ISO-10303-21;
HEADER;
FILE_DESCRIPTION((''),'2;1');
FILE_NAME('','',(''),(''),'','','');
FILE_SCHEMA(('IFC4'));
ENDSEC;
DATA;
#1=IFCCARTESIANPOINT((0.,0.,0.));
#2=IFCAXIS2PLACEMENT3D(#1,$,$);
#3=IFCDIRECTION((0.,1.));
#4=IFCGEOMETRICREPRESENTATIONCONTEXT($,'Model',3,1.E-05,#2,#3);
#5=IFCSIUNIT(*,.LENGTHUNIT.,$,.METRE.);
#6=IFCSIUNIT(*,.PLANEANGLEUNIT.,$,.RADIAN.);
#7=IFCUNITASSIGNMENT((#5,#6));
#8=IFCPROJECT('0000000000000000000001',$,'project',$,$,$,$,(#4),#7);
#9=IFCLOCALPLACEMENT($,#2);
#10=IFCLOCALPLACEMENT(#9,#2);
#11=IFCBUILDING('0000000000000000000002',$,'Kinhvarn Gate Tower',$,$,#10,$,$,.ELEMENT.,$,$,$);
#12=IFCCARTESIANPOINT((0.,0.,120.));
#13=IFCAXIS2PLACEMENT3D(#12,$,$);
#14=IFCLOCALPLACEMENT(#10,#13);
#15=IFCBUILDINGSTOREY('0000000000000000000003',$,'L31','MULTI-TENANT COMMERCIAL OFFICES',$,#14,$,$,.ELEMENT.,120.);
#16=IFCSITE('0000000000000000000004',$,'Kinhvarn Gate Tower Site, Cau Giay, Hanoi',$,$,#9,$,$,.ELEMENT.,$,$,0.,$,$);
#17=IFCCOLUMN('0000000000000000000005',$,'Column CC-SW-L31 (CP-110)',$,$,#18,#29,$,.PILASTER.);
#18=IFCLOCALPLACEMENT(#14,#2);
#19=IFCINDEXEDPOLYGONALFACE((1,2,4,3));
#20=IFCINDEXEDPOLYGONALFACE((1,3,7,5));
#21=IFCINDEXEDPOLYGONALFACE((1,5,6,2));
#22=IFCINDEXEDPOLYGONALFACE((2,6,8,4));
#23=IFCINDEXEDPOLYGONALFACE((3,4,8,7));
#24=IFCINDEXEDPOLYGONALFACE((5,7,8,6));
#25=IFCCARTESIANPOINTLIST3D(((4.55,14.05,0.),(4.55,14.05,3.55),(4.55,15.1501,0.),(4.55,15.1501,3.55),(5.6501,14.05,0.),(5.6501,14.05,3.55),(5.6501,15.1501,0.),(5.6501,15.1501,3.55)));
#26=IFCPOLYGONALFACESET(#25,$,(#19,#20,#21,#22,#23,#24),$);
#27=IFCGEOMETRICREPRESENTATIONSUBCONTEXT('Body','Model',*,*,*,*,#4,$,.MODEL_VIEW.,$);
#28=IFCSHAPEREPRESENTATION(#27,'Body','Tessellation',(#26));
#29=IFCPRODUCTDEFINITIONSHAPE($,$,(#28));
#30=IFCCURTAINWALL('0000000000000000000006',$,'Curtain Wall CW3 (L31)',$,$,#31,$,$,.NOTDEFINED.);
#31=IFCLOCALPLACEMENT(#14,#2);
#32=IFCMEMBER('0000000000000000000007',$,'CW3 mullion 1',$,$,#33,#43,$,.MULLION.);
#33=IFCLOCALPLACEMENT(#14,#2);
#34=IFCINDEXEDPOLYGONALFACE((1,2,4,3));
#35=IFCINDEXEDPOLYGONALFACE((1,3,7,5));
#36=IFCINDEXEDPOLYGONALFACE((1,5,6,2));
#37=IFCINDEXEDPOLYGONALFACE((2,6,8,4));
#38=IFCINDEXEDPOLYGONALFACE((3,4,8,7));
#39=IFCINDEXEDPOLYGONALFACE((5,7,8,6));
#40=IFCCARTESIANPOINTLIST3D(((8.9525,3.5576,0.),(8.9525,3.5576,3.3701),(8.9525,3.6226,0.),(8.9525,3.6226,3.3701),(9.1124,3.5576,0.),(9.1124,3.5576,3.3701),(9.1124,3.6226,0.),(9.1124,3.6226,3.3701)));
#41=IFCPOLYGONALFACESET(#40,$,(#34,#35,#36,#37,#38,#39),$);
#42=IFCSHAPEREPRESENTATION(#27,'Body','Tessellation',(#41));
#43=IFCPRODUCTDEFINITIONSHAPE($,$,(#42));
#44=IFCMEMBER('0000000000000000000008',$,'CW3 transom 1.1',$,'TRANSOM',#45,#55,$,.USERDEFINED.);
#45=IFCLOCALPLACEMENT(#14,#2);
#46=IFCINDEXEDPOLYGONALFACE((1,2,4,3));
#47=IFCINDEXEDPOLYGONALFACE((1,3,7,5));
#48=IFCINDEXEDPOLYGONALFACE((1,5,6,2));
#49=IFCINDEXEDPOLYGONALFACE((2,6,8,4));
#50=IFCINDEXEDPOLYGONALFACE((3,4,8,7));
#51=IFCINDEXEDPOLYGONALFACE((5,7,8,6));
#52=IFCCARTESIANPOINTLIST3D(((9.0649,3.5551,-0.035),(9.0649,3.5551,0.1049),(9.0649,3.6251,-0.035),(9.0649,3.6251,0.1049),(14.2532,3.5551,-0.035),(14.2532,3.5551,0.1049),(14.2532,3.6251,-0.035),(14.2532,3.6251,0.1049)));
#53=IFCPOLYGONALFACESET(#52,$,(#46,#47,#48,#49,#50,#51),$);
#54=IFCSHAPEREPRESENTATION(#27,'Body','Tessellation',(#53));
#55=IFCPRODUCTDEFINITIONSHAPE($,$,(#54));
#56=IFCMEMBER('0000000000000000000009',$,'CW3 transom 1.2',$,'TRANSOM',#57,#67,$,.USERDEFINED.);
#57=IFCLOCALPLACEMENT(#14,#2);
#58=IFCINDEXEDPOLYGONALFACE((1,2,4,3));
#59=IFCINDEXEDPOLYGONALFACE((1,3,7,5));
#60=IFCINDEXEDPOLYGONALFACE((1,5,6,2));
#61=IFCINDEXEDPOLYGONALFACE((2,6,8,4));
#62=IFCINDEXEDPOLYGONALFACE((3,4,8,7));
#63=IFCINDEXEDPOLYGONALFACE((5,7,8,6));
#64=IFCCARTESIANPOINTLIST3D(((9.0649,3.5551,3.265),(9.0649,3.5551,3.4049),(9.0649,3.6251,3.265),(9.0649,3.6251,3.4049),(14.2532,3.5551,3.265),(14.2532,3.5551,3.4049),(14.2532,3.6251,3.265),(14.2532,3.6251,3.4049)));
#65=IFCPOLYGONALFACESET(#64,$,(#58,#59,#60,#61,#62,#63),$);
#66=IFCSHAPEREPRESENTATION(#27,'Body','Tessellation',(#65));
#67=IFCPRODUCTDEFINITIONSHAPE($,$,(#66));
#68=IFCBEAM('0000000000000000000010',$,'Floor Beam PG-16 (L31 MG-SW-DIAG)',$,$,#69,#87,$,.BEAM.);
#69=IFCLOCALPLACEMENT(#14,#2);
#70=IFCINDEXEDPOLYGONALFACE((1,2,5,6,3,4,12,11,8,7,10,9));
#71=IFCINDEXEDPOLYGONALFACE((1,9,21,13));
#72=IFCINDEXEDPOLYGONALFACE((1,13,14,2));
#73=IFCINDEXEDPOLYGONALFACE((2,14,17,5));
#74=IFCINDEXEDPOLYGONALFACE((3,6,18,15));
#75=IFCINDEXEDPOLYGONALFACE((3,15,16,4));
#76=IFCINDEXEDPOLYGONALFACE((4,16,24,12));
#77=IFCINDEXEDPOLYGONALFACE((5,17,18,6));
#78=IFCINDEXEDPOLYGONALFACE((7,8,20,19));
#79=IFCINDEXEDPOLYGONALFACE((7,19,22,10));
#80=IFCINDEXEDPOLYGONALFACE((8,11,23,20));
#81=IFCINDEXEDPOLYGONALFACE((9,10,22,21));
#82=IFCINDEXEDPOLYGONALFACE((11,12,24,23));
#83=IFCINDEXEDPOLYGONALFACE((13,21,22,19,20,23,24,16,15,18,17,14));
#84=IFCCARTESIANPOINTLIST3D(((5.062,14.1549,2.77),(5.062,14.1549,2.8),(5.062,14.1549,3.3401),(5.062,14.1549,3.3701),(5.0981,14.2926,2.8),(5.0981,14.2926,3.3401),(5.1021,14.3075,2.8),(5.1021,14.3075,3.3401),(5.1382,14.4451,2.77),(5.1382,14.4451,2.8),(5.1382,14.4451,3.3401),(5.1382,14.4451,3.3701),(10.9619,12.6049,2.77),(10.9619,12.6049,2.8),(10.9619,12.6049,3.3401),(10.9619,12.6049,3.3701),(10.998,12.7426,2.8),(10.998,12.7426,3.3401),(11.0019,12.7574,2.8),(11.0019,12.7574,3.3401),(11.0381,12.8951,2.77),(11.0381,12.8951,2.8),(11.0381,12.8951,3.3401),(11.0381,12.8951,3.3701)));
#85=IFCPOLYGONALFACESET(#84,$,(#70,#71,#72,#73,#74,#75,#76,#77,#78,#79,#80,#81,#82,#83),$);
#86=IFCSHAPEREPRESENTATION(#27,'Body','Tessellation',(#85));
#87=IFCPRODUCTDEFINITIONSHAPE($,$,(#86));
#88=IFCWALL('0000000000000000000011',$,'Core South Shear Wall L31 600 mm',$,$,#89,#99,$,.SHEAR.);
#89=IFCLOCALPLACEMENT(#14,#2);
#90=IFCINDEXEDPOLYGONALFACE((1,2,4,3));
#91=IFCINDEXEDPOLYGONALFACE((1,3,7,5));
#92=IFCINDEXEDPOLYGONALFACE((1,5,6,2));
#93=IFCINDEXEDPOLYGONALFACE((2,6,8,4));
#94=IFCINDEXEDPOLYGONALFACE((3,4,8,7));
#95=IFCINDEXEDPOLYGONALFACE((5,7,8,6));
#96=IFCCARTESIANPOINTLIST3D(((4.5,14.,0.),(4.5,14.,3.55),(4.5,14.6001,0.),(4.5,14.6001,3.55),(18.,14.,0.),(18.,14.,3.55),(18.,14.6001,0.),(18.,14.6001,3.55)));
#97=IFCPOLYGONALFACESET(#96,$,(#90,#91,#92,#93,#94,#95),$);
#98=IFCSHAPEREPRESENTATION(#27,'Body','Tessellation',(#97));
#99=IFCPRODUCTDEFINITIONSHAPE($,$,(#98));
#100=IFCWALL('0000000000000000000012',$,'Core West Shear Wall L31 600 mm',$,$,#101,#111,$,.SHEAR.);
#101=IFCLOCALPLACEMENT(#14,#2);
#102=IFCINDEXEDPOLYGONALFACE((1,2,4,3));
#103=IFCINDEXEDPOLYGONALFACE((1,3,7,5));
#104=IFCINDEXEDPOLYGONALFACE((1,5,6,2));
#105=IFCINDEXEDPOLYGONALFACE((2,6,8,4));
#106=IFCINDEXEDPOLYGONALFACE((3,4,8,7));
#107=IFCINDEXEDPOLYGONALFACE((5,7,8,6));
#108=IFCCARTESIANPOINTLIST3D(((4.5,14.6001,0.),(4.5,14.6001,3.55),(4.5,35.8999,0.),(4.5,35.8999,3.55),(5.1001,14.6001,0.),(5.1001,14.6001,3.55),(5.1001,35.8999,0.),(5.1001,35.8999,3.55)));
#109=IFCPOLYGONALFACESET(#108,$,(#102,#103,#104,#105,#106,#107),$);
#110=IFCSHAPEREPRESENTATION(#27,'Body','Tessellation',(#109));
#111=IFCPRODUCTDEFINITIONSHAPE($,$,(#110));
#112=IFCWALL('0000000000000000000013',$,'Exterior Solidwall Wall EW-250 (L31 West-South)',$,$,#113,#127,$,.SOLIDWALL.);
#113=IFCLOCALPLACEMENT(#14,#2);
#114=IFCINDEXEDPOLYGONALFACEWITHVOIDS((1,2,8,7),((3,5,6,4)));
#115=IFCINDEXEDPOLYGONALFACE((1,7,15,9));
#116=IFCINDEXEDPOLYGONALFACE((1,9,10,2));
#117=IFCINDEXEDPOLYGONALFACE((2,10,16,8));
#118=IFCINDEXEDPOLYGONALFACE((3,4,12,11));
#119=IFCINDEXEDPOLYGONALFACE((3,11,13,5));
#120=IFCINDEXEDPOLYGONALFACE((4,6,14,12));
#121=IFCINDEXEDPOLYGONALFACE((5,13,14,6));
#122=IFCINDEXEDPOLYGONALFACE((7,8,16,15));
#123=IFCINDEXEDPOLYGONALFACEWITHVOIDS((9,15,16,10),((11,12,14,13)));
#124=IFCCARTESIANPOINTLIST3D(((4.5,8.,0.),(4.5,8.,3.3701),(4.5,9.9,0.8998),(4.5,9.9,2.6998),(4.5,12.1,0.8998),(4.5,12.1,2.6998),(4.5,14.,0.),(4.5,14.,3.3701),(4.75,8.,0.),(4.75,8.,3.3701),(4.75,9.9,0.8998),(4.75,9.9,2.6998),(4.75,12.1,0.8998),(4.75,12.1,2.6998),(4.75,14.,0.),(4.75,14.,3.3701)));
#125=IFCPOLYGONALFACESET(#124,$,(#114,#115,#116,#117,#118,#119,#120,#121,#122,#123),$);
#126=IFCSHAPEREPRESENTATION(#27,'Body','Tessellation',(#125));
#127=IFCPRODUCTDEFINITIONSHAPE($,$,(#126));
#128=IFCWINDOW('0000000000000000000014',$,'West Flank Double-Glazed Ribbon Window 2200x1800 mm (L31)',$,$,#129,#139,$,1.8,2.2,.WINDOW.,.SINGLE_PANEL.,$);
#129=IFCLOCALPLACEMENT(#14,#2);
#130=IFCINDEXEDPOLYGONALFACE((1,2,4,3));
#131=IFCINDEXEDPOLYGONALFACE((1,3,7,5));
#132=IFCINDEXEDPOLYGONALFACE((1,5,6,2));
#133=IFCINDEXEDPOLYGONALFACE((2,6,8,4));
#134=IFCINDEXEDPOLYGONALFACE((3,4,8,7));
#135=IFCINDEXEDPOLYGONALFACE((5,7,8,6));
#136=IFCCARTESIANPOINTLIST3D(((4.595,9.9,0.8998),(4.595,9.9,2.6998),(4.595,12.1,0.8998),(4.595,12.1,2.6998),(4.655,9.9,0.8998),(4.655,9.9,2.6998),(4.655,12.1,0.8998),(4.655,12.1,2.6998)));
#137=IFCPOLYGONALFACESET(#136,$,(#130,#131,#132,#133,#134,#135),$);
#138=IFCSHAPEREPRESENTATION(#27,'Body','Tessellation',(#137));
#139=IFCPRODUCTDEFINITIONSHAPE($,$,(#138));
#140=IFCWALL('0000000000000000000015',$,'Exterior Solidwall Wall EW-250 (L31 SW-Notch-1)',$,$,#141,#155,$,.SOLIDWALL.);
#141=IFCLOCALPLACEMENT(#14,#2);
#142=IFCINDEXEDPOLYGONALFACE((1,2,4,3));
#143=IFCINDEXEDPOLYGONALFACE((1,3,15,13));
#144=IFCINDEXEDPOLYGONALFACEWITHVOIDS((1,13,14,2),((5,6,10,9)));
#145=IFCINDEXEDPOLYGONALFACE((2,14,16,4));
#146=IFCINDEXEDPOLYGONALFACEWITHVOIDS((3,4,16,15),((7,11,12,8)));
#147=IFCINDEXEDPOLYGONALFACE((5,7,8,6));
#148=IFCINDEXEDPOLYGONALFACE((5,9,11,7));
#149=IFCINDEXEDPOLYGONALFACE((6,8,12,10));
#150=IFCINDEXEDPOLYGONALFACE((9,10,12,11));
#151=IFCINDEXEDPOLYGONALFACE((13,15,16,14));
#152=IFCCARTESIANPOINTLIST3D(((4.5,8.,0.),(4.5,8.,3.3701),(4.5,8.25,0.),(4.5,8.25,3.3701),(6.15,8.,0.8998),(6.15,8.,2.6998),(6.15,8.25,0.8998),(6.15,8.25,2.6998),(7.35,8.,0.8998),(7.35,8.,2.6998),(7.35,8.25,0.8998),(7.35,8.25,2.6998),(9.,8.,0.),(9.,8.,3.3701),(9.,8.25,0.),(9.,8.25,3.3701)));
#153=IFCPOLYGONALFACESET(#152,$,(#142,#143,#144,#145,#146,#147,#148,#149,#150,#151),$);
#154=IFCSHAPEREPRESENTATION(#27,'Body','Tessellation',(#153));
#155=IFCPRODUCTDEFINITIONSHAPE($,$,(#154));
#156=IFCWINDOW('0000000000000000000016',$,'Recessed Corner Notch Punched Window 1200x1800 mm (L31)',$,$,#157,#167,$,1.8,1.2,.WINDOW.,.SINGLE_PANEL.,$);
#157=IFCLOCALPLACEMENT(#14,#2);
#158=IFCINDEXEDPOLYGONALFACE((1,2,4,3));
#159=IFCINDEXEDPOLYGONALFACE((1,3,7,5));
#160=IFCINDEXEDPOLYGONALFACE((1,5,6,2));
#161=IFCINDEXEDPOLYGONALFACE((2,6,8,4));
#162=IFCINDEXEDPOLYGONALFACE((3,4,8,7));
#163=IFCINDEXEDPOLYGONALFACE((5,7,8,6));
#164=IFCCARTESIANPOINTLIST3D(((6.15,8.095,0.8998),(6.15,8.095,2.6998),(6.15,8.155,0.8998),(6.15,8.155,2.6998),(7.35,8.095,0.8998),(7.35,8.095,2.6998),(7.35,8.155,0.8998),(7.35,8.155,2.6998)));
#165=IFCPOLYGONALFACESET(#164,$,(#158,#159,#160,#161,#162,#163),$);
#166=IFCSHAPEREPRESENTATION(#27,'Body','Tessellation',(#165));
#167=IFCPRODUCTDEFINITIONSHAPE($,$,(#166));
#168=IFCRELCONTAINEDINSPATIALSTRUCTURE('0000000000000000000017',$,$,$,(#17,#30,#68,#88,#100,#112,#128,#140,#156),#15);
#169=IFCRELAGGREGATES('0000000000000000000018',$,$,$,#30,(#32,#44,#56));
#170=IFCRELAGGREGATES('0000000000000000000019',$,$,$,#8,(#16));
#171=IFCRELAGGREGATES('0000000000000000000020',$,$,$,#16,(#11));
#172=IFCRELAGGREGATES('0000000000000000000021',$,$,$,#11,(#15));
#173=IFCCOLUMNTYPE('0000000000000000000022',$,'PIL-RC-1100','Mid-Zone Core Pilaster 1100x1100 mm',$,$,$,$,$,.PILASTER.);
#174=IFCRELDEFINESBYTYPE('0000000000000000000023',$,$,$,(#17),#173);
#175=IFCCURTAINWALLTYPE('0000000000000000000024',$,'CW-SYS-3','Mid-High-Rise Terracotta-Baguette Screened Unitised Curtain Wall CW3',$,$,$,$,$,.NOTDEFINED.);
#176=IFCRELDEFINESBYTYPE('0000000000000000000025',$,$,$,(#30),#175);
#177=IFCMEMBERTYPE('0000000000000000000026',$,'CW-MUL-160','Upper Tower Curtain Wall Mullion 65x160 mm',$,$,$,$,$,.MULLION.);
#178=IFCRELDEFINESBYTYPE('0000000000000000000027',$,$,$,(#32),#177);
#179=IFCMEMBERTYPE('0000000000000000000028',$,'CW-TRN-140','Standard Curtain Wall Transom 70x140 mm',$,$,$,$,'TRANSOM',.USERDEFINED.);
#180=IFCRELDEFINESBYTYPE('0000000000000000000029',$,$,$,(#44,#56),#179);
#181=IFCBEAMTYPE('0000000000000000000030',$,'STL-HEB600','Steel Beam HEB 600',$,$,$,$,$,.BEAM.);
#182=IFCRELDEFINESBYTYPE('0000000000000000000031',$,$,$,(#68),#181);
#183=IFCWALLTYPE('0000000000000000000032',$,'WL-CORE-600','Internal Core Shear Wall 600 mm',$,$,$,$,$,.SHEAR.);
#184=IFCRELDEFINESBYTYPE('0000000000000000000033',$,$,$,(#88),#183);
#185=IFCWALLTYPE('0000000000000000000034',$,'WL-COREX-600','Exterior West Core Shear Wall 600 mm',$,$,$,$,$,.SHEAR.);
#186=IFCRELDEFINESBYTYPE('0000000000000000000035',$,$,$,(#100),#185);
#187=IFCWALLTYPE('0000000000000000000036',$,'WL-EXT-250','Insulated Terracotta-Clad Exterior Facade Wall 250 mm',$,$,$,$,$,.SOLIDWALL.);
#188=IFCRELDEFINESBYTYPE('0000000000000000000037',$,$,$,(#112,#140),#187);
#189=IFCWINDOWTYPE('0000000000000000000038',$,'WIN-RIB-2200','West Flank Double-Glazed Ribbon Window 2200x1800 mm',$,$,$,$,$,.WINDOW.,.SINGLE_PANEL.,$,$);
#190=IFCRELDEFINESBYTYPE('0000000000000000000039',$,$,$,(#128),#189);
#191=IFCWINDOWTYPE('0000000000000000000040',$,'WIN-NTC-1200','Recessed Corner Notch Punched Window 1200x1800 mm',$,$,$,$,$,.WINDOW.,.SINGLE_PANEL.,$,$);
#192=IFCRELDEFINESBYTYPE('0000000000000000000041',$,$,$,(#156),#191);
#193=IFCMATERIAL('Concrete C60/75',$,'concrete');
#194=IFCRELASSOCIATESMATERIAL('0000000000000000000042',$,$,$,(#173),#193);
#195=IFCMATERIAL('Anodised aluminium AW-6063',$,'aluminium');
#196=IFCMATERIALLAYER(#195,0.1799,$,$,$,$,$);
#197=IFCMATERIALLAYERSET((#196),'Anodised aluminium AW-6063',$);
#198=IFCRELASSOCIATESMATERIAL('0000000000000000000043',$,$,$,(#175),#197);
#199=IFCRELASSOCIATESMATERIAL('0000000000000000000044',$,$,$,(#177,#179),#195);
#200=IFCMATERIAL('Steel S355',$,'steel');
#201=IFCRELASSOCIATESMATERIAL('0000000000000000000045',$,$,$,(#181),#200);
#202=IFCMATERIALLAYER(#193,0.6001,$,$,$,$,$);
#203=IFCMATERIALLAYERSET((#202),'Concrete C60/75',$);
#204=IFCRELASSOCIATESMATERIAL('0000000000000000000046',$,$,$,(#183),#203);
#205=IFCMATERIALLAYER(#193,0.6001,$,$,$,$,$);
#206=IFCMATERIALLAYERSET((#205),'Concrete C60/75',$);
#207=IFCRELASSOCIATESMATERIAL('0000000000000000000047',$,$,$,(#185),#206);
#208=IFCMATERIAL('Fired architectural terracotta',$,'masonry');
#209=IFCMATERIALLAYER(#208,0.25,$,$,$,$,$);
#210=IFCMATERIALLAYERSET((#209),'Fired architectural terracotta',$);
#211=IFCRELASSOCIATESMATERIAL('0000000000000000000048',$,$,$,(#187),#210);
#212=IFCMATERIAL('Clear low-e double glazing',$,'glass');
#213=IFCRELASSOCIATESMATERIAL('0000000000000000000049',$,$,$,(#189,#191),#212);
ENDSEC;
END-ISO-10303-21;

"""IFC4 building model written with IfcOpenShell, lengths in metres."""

from ifc_helpers import new_model, si_unit, direction, frame, frame_2d, origin, origin_2d, place, context, subcontext, project, spatial, rectangle, i_section, extrude, material, layer, layer_set, material_profile, profile_set, type_object, element, fill, aggregate, save


model = new_model("IFC4")

# Units and contexts
model_context = context("Model", 3, precision=1e-05, world=origin(), true_north=direction((0.0, 1.0)))
body_context = subcontext(model_context, "Body", "Model", "MODEL_VIEW")
ifc_project = project(units=[si_unit("LENGTHUNIT", "METRE"), si_unit("PLANEANGLEUNIT", "RADIAN")], contexts=[model_context])

# Site, building, storey
site_placement = place(None, origin())
site = spatial("IfcSite", under=ifc_project, at=site_placement, Name="Kinhvarn Gate Tower Site, Cau Giay, Hanoi", CompositionType="ELEMENT", RefElevation=0.0)
building_placement = place(site_placement, origin())
building = spatial("IfcBuilding", under=site, at=building_placement, Name="Kinhvarn Gate Tower", CompositionType="ELEMENT")
storey_placement = place(building_placement, frame((0.0, 0.0, 120.0)))
storey = spatial("IfcBuildingStorey", under=building, at=storey_placement, Name="L31", Description="MULTI-TENANT COMMERCIAL OFFICES", CompositionType="ELEMENT", Elevation=120.0)

# Column
ifc_material_1 = material(Name="Concrete C60/75", Category="concrete")
ifc_material_profile_1 = material_profile(ifc_material_1, rectangle(XDim=1.1001, YDim=1.1001, at=origin_2d()), Name="RC 1100x1100")
ifc_profile_set_1 = profile_set([ifc_material_profile_1], Name="Concrete C60/75")
column_type = type_object("IfcColumnType", Name="PIL-RC-1100", Description="Mid-Zone Core Pilaster 1100x1100 mm", PredefinedType="PILASTER", material=ifc_profile_set_1)
column_placement = place(storey_placement, frame((5.1001, 14.6001, 0.0), z_axis=(0.0, 0.0, 1.0), x_axis=(1.0, 0.0, 0.0)))
element("IfcColumn", 1, at=column_placement, inside=storey, type_object=column_type, Name="Column CC-SW-L31 (CP-110)", PredefinedType="PILASTER", context=body_context, shape_type="SweptSolid", body=[
    extrude(rectangle(XDim=1.1001, YDim=1.1001, at=origin_2d()), origin(), (0.0, 0.0, 1.0), 3.55),
])

# Curtain wall, members
ifc_material_2 = material(Name="Anodised aluminium AW-6063", Category="aluminium")
ifc_layer_1 = layer(ifc_material_2, 0.1799)
ifc_layer_set_1 = layer_set([ifc_layer_1], Name="Anodised aluminium AW-6063")
curtain_wall_type = type_object("IfcCurtainWallType", Name="CW-SYS-3", Description="Mid-High-Rise Terracotta-Baguette Screened Unitised Curtain Wall CW3", PredefinedType="NOTDEFINED", material=ifc_layer_set_1)
curtain_wall_placement = place(storey_placement, origin())
curtain_wall = element("IfcCurtainWall", 2, at=curtain_wall_placement, inside=storey, type_object=curtain_wall_type, Name="Curtain Wall CW3 (L31)", PredefinedType="NOTDEFINED")
ifc_material_profile_2 = material_profile(ifc_material_2, rectangle(XDim=0.0649, YDim=0.1599, at=origin_2d()), Name="ALU 65x160")
ifc_profile_set_2 = profile_set([ifc_material_profile_2], Name="Anodised aluminium AW-6063")
member_type_1 = type_object("IfcMemberType", Name="CW-MUL-160", Description="Upper Tower Curtain Wall Mullion 65x160 mm", PredefinedType="MULLION", material=ifc_profile_set_2)
member_1_placement = place(storey_placement, frame((9.0325, 3.5901, 0.0), z_axis=(0.0, 0.0, 1.0), x_axis=(0.0, 1.0, 0.0)))
member_1 = element("IfcMember", 3, at=member_1_placement, type_object=member_type_1, Name="CW3 mullion 1", PredefinedType="MULLION", context=body_context, shape_type="SweptSolid", body=[
    extrude(rectangle(XDim=0.0649, YDim=0.1599, at=origin_2d()), origin(), (0.0, 0.0, 1.0), 3.3701),
])
ifc_material_profile_3 = material_profile(ifc_material_2, rectangle(XDim=0.0701, YDim=0.1399, at=origin_2d()), Name="ALU 70x140")
ifc_profile_set_3 = profile_set([ifc_material_profile_3], Name="Anodised aluminium AW-6063")
member_type_2 = type_object("IfcMemberType", Name="CW-TRN-140", Description="Standard Curtain Wall Transom 70x140 mm", ElementType="TRANSOM", PredefinedType="USERDEFINED", material=ifc_profile_set_3)
member_2_placement = place(storey_placement, frame((9.0649, 3.5901, 0.0349), z_axis=(1.0, 0.0, 0.0), x_axis=(0.0, 1.0, 0.0)))
member_2 = element("IfcMember", 4, at=member_2_placement, type_object=member_type_2, Name="CW3 transom 1.1", ObjectType="TRANSOM", PredefinedType="USERDEFINED", context=body_context, shape_type="SweptSolid", body=[
    extrude(rectangle(XDim=0.0701, YDim=0.1399, at=origin_2d()), origin(), (0.0, 0.0, 1.0), 5.1882),
])
member_3_placement = place(storey_placement, frame((9.0649, 3.5901, 3.335), z_axis=(1.0, 0.0, 0.0), x_axis=(0.0, 1.0, 0.0)))
member_3 = element("IfcMember", 5, at=member_3_placement, type_object=member_type_2, Name="CW3 transom 1.2", ObjectType="TRANSOM", PredefinedType="USERDEFINED", context=body_context, shape_type="SweptSolid", body=[
    extrude(rectangle(XDim=0.0701, YDim=0.1399, at=origin_2d()), origin(), (0.0, 0.0, 1.0), 5.1882),
])
aggregate(curtain_wall, [member_1, member_2, member_3])

# Beam
ifc_material_3 = material(Name="Steel S355", Category="steel")
ifc_material_profile_4 = material_profile(ifc_material_3, i_section(OverallWidth=0.3, OverallDepth=0.6001, WebThickness=0.0154, FlangeThickness=0.03, at=origin_2d()), Name="HEB 600")
ifc_profile_set_4 = profile_set([ifc_material_profile_4], Name="Steel S355")
beam_type = type_object("IfcBeamType", Name="STL-HEB600", Description="Steel Beam HEB 600", PredefinedType="BEAM", material=ifc_profile_set_4)
beam_placement = place(storey_placement, frame((5.1001, 14.3, 3.0701), z_axis=(0.967178, -0.254101, 0.0), x_axis=(0.254101, 0.967178, 0.0)))
element("IfcBeam", 6, at=beam_placement, inside=storey, type_object=beam_type, Name="Floor Beam PG-16 (L31 MG-SW-DIAG)", PredefinedType="BEAM", context=body_context, shape_type="SweptSolid", body=[
    extrude(i_section(OverallWidth=0.3, OverallDepth=0.6001, WebThickness=0.0154, FlangeThickness=0.03, at=origin_2d()), origin(), (0.0, 0.0, 1.0), 6.1001),
])

# Walls
ifc_layer_2 = layer(ifc_material_1, 0.6001)
ifc_layer_set_2 = layer_set([ifc_layer_2], Name="Concrete C60/75")
wall_type_1 = type_object("IfcWallType", Name="WL-CORE-600", Description="Internal Core Shear Wall 600 mm", PredefinedType="SHEAR", material=ifc_layer_set_2)
wall_1_placement = place(storey_placement, frame((4.5, 14.3, 0.0), z_axis=(0.0, 0.0, 1.0), x_axis=(1.0, 0.0, 0.0)))
element("IfcWall", 7, at=wall_1_placement, inside=storey, type_object=wall_type_1, Name="Core South Shear Wall L31 600 mm", PredefinedType="SHEAR", context=body_context, shape_type="SweptSolid", body=[
    extrude(rectangle(XDim=13.5, YDim=0.6001, at=frame_2d((6.75, 0.0))), origin(), (0.0, 0.0, 1.0), 3.55),
])
ifc_layer_3 = layer(ifc_material_1, 0.6001)
ifc_layer_set_3 = layer_set([ifc_layer_3], Name="Concrete C60/75")
wall_type_2 = type_object("IfcWallType", Name="WL-COREX-600", Description="Exterior West Core Shear Wall 600 mm", PredefinedType="SHEAR", material=ifc_layer_set_3)
wall_2_placement = place(storey_placement, frame((4.8, 14.6001, 0.0), z_axis=(0.0, 0.0, 1.0), x_axis=(0.0, 1.0, 0.0)))
element("IfcWall", 8, at=wall_2_placement, inside=storey, type_object=wall_type_2, Name="Core West Shear Wall L31 600 mm", PredefinedType="SHEAR", context=body_context, shape_type="SweptSolid", body=[
    extrude(rectangle(XDim=21.2998, YDim=0.6001, at=frame_2d((10.6499, 0.0))), origin(), (0.0, 0.0, 1.0), 3.55),
])

# Walls, openings, windows
ifc_material_4 = material(Name="Fired architectural terracotta", Category="masonry")
ifc_layer_4 = layer(ifc_material_4, 0.25)
ifc_layer_set_4 = layer_set([ifc_layer_4], Name="Fired architectural terracotta")
wall_type_3 = type_object("IfcWallType", Name="WL-EXT-250", Description="Insulated Terracotta-Clad Exterior Facade Wall 250 mm", PredefinedType="SOLIDWALL", material=ifc_layer_set_4)
wall_3_placement = place(storey_placement, frame((4.625, 14.0, 0.0), z_axis=(0.0, 0.0, 1.0), x_axis=(0.0, -1.0, 0.0)))
wall_3 = element("IfcWall", 9, at=wall_3_placement, inside=storey, type_object=wall_type_3, Name="Exterior Solidwall Wall EW-250 (L31 West-South)", PredefinedType="SOLIDWALL", context=body_context, shape_type="SweptSolid", body=[
    extrude(rectangle(XDim=6.0, YDim=0.25, at=frame_2d((3.0, 0.0))), origin(), (0.0, 0.0, 1.0), 3.3701),
])
opening_1_placement = place(wall_3_placement, frame((1.8999, 0.0, 0.8999)))
opening_1 = element("IfcOpeningElement", 10, at=opening_1_placement, cuts=wall_3, PredefinedType="OPENING", context=body_context, shape_type="SweptSolid", body=[
    extrude(rectangle(XDim=2.2, YDim=1.8, at=frame_2d((1.1001, 0.8999))), frame((0.0, 0.135, 0.0), z_axis=(0.0, -1.0, 0.0), x_axis=(1.0, 0.0, 0.0)), (0.0, 0.0, 1.0), 0.27),
])
ifc_material_5 = material(Name="Clear low-e double glazing", Category="glass")
window_type_1 = type_object("IfcWindowType", Name="WIN-RIB-2200", Description="West Flank Double-Glazed Ribbon Window 2200x1800 mm", PartitioningType="SINGLE_PANEL", PredefinedType="WINDOW", material=ifc_material_5)
window_1_placement = place(opening_1_placement, origin())
window_1 = element("IfcWindow", 11, at=window_1_placement, inside=storey, type_object=window_type_1, Name="West Flank Double-Glazed Ribbon Window 2200x1800 mm (L31)", OverallHeight=1.8, OverallWidth=2.2, PartitioningType="SINGLE_PANEL", PredefinedType="WINDOW", context=body_context, shape_type="SweptSolid", body=[
    extrude(rectangle(XDim=2.2, YDim=1.8, at=frame_2d((1.1001, 0.8999))), frame((0.0, 0.03, 0.0), z_axis=(0.0, -1.0, 0.0), x_axis=(1.0, 0.0, 0.0)), (0.0, 0.0, 1.0), 0.0601),
])
fill(opening_1, window_1)
wall_4_placement = place(storey_placement, frame((4.5, 8.125, 0.0), z_axis=(0.0, 0.0, 1.0), x_axis=(1.0, 0.0, 0.0)))
wall_4 = element("IfcWall", 12, at=wall_4_placement, inside=storey, type_object=wall_type_3, Name="Exterior Solidwall Wall EW-250 (L31 SW-Notch-1)", PredefinedType="SOLIDWALL", context=body_context, shape_type="SweptSolid", body=[
    extrude(rectangle(XDim=4.5, YDim=0.25, at=frame_2d((2.25, 0.0))), origin(), (0.0, 0.0, 1.0), 3.3701),
])
opening_2_placement = place(wall_4_placement, frame((1.6499, 0.0, 0.8999)))
opening_2 = element("IfcOpeningElement", 13, at=opening_2_placement, cuts=wall_4, PredefinedType="OPENING", context=body_context, shape_type="SweptSolid", body=[
    extrude(rectangle(XDim=1.2, YDim=1.8, at=frame_2d((0.6001, 0.8999))), frame((0.0, 0.135, 0.0), z_axis=(0.0, -1.0, 0.0), x_axis=(1.0, 0.0, 0.0)), (0.0, 0.0, 1.0), 0.27),
])
window_type_2 = type_object("IfcWindowType", Name="WIN-NTC-1200", Description="Recessed Corner Notch Punched Window 1200x1800 mm", PartitioningType="SINGLE_PANEL", PredefinedType="WINDOW", material=ifc_material_5)
window_2_placement = place(opening_2_placement, origin())
window_2 = element("IfcWindow", 14, at=window_2_placement, inside=storey, type_object=window_type_2, Name="Recessed Corner Notch Punched Window 1200x1800 mm (L31)", OverallHeight=1.8, OverallWidth=1.2, PartitioningType="SINGLE_PANEL", PredefinedType="WINDOW", context=body_context, shape_type="SweptSolid", body=[
    extrude(rectangle(XDim=1.2, YDim=1.8, at=frame_2d((0.6001, 0.8999))), frame((0.0, 0.03, 0.0), z_axis=(0.0, -1.0, 0.0), x_axis=(1.0, 0.0, 0.0)), (0.0, 0.0, 1.0), 0.0601),
])
fill(opening_2, window_2)

save(model, "model.ifc")
